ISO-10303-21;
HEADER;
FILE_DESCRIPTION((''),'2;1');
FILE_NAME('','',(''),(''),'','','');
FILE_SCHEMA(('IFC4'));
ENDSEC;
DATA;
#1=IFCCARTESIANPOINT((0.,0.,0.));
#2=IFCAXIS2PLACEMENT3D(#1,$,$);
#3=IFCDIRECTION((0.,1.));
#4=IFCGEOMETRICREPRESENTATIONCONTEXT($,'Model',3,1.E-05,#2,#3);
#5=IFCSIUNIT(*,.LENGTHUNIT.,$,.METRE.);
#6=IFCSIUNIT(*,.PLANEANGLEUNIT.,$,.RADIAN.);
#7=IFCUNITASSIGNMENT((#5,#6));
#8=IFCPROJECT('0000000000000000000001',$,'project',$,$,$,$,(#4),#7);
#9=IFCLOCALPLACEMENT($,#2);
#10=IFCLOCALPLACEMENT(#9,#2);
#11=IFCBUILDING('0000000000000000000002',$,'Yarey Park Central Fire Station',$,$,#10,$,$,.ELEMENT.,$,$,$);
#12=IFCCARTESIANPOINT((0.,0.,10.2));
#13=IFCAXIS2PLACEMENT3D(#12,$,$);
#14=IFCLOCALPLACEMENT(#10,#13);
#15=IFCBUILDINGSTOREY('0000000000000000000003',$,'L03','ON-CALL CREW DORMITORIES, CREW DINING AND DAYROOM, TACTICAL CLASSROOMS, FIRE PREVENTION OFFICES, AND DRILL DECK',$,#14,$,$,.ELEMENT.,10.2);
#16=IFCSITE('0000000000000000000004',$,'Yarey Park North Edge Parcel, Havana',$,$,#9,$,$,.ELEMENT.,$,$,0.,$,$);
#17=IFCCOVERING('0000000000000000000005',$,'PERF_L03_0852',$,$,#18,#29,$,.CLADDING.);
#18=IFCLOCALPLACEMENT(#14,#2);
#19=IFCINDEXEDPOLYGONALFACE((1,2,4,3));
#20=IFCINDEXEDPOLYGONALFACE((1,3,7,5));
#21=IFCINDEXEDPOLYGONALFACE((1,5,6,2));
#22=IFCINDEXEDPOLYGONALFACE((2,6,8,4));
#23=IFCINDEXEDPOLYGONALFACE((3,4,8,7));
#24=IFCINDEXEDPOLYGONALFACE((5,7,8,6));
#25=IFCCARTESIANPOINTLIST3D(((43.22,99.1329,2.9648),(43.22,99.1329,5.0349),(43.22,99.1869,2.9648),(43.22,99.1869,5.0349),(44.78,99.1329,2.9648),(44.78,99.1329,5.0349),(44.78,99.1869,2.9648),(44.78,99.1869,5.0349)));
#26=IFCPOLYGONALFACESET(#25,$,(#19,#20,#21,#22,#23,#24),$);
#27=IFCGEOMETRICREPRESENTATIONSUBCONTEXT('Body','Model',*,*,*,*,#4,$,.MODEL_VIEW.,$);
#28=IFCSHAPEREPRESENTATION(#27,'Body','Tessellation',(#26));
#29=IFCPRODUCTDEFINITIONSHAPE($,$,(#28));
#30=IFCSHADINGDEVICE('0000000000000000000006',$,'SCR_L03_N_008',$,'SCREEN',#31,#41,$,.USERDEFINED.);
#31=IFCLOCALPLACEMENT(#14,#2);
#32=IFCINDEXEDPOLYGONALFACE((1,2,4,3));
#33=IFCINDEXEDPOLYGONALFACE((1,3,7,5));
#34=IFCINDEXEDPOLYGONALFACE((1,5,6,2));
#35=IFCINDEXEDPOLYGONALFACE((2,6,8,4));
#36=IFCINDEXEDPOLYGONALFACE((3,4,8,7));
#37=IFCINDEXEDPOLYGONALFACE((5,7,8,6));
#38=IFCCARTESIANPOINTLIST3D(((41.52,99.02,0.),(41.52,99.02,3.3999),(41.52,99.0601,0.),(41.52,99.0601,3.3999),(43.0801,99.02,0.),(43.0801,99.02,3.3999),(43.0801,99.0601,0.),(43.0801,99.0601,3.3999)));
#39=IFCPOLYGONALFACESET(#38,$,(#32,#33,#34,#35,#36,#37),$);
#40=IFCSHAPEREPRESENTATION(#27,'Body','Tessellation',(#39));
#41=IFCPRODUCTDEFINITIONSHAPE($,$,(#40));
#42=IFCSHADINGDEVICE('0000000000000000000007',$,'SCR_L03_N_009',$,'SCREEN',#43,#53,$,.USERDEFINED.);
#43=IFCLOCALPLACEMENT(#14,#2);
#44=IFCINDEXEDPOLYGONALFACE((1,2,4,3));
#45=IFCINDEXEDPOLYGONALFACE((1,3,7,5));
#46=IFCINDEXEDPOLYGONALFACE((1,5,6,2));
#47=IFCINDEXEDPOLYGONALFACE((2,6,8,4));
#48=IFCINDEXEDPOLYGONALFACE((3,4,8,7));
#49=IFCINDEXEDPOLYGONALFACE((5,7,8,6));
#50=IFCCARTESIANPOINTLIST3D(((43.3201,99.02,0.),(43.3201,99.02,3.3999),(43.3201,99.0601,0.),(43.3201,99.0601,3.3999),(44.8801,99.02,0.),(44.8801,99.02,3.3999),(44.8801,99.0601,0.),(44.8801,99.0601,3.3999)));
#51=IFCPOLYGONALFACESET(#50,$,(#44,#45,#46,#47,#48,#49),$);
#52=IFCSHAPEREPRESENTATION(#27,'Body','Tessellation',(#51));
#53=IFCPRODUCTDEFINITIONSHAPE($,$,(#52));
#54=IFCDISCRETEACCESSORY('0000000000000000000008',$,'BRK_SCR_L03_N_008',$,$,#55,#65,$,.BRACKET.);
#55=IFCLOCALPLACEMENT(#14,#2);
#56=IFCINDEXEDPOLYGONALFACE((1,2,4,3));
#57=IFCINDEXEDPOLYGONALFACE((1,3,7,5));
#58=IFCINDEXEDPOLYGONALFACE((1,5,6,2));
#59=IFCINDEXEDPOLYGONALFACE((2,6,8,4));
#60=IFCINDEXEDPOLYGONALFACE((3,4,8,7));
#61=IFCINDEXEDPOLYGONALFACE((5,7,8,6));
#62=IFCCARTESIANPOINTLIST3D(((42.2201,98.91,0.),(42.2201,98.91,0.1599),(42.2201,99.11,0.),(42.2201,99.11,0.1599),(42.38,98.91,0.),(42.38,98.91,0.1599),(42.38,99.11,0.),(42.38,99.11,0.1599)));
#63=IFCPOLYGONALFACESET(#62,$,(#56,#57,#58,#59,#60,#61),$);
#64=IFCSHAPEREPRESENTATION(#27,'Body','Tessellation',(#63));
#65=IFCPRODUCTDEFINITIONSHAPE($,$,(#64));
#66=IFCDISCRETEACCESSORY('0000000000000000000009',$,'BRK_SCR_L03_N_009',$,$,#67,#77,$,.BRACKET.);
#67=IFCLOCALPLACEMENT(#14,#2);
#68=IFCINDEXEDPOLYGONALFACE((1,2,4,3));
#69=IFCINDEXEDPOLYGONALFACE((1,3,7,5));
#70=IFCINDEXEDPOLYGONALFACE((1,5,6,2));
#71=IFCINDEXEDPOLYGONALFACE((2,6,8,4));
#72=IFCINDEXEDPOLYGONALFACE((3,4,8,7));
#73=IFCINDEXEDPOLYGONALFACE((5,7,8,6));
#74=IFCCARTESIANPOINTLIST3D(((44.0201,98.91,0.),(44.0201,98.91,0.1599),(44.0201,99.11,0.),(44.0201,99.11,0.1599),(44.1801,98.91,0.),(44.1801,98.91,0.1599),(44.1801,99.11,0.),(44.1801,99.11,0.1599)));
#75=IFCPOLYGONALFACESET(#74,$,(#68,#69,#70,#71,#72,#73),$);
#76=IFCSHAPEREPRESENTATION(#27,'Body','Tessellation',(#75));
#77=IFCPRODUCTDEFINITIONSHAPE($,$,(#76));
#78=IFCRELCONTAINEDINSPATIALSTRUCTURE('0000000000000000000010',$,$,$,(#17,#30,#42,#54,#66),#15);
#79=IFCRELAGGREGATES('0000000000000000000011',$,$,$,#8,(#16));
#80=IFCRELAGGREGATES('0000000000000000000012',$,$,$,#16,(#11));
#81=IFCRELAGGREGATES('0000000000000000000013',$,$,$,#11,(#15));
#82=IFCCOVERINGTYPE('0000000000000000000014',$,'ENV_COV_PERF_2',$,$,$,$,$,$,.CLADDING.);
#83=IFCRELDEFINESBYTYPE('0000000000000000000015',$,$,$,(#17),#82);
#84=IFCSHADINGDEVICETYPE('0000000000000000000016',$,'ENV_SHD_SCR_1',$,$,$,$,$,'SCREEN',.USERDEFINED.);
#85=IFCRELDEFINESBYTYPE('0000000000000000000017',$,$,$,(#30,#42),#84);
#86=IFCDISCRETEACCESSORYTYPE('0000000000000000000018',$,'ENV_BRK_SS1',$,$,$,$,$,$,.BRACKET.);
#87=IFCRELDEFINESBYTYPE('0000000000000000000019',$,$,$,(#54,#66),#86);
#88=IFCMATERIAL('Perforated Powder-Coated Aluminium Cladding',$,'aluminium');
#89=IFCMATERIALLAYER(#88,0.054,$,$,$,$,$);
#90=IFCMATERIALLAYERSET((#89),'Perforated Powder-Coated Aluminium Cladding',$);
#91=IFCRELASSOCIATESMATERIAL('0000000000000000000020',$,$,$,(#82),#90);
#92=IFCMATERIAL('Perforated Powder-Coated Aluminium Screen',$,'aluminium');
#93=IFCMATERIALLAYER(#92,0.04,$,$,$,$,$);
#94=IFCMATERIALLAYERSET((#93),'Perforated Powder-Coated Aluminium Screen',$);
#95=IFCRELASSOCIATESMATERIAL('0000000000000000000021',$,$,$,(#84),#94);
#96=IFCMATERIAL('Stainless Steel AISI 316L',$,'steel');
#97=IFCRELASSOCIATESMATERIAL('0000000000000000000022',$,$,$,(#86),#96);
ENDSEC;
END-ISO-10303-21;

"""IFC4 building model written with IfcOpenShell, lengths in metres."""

from ifc_helpers import new_model, si_unit, direction, frame, origin, origin_2d, place, context, subcontext, project, spatial, rectangle, extrude, material, layer, layer_set, type_object, element, save


model = new_model("IFC4")

# Units and contexts
model_context = context("Model", 3, precision=1e-05, world=origin(), true_north=direction((0.0, 1.0)))
body_context = subcontext(model_context, "Body", "Model", "MODEL_VIEW")
ifc_project = project(units=[si_unit("LENGTHUNIT", "METRE"), si_unit("PLANEANGLEUNIT", "RADIAN")], contexts=[model_context])

# Site, building, storey
site_placement = place(None, origin())
site = spatial("IfcSite", under=ifc_project, at=site_placement, Name="Yarey Park North Edge Parcel, Havana", CompositionType="ELEMENT", RefElevation=0.0)
building_placement = place(site_placement, origin())
building = spatial("IfcBuilding", under=site, at=building_placement, Name="Yarey Park Central Fire Station", CompositionType="ELEMENT")
storey_placement = place(building_placement, frame((0.0, 0.0, 10.2)))
storey = spatial("IfcBuildingStorey", under=building, at=storey_placement, Name="L03", Description="ON-CALL CREW DORMITORIES, CREW DINING AND DAYROOM, TACTICAL CLASSROOMS, FIRE PREVENTION OFFICES, AND DRILL DECK", CompositionType="ELEMENT", Elevation=10.2)

# Covering
ifc_material_1 = material(Name="Perforated Powder-Coated Aluminium Cladding", Category="aluminium")
ifc_layer_1 = layer(ifc_material_1, 0.054)
ifc_layer_set_1 = layer_set([ifc_layer_1], Name="Perforated Powder-Coated Aluminium Cladding")
covering_type_1 = type_object("IfcCoveringType", Name="ENV_COV_PERF_2", PredefinedType="CLADDING", material=ifc_layer_set_1)
covering_1_placement = place(storey_placement, frame((44.0, 99.1599, 2.9648), z_axis=(0.0, 0.0, 1.0), x_axis=(1.0, 0.0, 0.0)))
element("IfcCovering", 1, at=covering_1_placement, inside=storey, type_object=covering_type_1, Name="PERF_L03_0852", PredefinedType="CLADDING", context=body_context, shape_type="SweptSolid", body=[
    extrude(rectangle(XDim=1.5601, YDim=0.054, at=origin_2d()), origin(), (0.0, 0.0, 1.0), 2.0701),
])

# Shading devices
ifc_material_2 = material(Name="Perforated Powder-Coated Aluminium Screen", Category="aluminium")
ifc_layer_2 = layer(ifc_material_2, 0.04)
ifc_layer_set_2 = layer_set([ifc_layer_2], Name="Perforated Powder-Coated Aluminium Screen")
shading_device_type = type_object("IfcShadingDeviceType", Name="ENV_SHD_SCR_1", ElementType="SCREEN", PredefinedType="USERDEFINED", material=ifc_layer_set_2)
for number, where, z_axis, x_axis, name in (
    (2, (42.3, 99.04, 0.0), (0.0, 0.0, 1.0), (1.0, 0.0, 0.0), "SCR_L03_N_008"),
    (3, (44.1001, 99.04, 0.0), (0.0, 0.0, 1.0), (1.0, 0.0, 0.0), "SCR_L03_N_009"),
):
    element("IfcShadingDevice", number, at=place(storey_placement, frame(where, z_axis=z_axis, x_axis=x_axis)), inside=storey, type_object=shading_device_type, Name=name, ObjectType="SCREEN", PredefinedType="USERDEFINED", context=body_context, shape_type="SweptSolid", body=[
        extrude(rectangle(XDim=1.5601, YDim=0.04, at=origin_2d()), origin(), (0.0, 0.0, 1.0), 3.3999),
    ])

# Discrete accessories
ifc_material_3 = material(Name="Stainless Steel AISI 316L", Category="steel")
discrete_accessory_type = type_object("IfcDiscreteAccessoryType", Name="ENV_BRK_SS1", PredefinedType="BRACKET", material=ifc_material_3)
for number, where, z_axis, x_axis, name in (
    (4, (42.3, 99.01, 0.0), (0.0, 0.0, 1.0), (1.0, 0.0, 0.0), "BRK_SCR_L03_N_008"),
    (5, (44.1001, 99.01, 0.0), (0.0, 0.0, 1.0), (1.0, 0.0, 0.0), "BRK_SCR_L03_N_009"),
):
    element("IfcDiscreteAccessory", number, at=place(storey_placement, frame(where, z_axis=z_axis, x_axis=x_axis)), inside=storey, type_object=discrete_accessory_type, Name=name, PredefinedType="BRACKET", context=body_context, shape_type="SweptSolid", body=[
        extrude(rectangle(XDim=0.1599, YDim=0.2, at=origin_2d()), origin(), (0.0, 0.0, 1.0), 0.1599),
    ])

save(model, "model.ifc")
